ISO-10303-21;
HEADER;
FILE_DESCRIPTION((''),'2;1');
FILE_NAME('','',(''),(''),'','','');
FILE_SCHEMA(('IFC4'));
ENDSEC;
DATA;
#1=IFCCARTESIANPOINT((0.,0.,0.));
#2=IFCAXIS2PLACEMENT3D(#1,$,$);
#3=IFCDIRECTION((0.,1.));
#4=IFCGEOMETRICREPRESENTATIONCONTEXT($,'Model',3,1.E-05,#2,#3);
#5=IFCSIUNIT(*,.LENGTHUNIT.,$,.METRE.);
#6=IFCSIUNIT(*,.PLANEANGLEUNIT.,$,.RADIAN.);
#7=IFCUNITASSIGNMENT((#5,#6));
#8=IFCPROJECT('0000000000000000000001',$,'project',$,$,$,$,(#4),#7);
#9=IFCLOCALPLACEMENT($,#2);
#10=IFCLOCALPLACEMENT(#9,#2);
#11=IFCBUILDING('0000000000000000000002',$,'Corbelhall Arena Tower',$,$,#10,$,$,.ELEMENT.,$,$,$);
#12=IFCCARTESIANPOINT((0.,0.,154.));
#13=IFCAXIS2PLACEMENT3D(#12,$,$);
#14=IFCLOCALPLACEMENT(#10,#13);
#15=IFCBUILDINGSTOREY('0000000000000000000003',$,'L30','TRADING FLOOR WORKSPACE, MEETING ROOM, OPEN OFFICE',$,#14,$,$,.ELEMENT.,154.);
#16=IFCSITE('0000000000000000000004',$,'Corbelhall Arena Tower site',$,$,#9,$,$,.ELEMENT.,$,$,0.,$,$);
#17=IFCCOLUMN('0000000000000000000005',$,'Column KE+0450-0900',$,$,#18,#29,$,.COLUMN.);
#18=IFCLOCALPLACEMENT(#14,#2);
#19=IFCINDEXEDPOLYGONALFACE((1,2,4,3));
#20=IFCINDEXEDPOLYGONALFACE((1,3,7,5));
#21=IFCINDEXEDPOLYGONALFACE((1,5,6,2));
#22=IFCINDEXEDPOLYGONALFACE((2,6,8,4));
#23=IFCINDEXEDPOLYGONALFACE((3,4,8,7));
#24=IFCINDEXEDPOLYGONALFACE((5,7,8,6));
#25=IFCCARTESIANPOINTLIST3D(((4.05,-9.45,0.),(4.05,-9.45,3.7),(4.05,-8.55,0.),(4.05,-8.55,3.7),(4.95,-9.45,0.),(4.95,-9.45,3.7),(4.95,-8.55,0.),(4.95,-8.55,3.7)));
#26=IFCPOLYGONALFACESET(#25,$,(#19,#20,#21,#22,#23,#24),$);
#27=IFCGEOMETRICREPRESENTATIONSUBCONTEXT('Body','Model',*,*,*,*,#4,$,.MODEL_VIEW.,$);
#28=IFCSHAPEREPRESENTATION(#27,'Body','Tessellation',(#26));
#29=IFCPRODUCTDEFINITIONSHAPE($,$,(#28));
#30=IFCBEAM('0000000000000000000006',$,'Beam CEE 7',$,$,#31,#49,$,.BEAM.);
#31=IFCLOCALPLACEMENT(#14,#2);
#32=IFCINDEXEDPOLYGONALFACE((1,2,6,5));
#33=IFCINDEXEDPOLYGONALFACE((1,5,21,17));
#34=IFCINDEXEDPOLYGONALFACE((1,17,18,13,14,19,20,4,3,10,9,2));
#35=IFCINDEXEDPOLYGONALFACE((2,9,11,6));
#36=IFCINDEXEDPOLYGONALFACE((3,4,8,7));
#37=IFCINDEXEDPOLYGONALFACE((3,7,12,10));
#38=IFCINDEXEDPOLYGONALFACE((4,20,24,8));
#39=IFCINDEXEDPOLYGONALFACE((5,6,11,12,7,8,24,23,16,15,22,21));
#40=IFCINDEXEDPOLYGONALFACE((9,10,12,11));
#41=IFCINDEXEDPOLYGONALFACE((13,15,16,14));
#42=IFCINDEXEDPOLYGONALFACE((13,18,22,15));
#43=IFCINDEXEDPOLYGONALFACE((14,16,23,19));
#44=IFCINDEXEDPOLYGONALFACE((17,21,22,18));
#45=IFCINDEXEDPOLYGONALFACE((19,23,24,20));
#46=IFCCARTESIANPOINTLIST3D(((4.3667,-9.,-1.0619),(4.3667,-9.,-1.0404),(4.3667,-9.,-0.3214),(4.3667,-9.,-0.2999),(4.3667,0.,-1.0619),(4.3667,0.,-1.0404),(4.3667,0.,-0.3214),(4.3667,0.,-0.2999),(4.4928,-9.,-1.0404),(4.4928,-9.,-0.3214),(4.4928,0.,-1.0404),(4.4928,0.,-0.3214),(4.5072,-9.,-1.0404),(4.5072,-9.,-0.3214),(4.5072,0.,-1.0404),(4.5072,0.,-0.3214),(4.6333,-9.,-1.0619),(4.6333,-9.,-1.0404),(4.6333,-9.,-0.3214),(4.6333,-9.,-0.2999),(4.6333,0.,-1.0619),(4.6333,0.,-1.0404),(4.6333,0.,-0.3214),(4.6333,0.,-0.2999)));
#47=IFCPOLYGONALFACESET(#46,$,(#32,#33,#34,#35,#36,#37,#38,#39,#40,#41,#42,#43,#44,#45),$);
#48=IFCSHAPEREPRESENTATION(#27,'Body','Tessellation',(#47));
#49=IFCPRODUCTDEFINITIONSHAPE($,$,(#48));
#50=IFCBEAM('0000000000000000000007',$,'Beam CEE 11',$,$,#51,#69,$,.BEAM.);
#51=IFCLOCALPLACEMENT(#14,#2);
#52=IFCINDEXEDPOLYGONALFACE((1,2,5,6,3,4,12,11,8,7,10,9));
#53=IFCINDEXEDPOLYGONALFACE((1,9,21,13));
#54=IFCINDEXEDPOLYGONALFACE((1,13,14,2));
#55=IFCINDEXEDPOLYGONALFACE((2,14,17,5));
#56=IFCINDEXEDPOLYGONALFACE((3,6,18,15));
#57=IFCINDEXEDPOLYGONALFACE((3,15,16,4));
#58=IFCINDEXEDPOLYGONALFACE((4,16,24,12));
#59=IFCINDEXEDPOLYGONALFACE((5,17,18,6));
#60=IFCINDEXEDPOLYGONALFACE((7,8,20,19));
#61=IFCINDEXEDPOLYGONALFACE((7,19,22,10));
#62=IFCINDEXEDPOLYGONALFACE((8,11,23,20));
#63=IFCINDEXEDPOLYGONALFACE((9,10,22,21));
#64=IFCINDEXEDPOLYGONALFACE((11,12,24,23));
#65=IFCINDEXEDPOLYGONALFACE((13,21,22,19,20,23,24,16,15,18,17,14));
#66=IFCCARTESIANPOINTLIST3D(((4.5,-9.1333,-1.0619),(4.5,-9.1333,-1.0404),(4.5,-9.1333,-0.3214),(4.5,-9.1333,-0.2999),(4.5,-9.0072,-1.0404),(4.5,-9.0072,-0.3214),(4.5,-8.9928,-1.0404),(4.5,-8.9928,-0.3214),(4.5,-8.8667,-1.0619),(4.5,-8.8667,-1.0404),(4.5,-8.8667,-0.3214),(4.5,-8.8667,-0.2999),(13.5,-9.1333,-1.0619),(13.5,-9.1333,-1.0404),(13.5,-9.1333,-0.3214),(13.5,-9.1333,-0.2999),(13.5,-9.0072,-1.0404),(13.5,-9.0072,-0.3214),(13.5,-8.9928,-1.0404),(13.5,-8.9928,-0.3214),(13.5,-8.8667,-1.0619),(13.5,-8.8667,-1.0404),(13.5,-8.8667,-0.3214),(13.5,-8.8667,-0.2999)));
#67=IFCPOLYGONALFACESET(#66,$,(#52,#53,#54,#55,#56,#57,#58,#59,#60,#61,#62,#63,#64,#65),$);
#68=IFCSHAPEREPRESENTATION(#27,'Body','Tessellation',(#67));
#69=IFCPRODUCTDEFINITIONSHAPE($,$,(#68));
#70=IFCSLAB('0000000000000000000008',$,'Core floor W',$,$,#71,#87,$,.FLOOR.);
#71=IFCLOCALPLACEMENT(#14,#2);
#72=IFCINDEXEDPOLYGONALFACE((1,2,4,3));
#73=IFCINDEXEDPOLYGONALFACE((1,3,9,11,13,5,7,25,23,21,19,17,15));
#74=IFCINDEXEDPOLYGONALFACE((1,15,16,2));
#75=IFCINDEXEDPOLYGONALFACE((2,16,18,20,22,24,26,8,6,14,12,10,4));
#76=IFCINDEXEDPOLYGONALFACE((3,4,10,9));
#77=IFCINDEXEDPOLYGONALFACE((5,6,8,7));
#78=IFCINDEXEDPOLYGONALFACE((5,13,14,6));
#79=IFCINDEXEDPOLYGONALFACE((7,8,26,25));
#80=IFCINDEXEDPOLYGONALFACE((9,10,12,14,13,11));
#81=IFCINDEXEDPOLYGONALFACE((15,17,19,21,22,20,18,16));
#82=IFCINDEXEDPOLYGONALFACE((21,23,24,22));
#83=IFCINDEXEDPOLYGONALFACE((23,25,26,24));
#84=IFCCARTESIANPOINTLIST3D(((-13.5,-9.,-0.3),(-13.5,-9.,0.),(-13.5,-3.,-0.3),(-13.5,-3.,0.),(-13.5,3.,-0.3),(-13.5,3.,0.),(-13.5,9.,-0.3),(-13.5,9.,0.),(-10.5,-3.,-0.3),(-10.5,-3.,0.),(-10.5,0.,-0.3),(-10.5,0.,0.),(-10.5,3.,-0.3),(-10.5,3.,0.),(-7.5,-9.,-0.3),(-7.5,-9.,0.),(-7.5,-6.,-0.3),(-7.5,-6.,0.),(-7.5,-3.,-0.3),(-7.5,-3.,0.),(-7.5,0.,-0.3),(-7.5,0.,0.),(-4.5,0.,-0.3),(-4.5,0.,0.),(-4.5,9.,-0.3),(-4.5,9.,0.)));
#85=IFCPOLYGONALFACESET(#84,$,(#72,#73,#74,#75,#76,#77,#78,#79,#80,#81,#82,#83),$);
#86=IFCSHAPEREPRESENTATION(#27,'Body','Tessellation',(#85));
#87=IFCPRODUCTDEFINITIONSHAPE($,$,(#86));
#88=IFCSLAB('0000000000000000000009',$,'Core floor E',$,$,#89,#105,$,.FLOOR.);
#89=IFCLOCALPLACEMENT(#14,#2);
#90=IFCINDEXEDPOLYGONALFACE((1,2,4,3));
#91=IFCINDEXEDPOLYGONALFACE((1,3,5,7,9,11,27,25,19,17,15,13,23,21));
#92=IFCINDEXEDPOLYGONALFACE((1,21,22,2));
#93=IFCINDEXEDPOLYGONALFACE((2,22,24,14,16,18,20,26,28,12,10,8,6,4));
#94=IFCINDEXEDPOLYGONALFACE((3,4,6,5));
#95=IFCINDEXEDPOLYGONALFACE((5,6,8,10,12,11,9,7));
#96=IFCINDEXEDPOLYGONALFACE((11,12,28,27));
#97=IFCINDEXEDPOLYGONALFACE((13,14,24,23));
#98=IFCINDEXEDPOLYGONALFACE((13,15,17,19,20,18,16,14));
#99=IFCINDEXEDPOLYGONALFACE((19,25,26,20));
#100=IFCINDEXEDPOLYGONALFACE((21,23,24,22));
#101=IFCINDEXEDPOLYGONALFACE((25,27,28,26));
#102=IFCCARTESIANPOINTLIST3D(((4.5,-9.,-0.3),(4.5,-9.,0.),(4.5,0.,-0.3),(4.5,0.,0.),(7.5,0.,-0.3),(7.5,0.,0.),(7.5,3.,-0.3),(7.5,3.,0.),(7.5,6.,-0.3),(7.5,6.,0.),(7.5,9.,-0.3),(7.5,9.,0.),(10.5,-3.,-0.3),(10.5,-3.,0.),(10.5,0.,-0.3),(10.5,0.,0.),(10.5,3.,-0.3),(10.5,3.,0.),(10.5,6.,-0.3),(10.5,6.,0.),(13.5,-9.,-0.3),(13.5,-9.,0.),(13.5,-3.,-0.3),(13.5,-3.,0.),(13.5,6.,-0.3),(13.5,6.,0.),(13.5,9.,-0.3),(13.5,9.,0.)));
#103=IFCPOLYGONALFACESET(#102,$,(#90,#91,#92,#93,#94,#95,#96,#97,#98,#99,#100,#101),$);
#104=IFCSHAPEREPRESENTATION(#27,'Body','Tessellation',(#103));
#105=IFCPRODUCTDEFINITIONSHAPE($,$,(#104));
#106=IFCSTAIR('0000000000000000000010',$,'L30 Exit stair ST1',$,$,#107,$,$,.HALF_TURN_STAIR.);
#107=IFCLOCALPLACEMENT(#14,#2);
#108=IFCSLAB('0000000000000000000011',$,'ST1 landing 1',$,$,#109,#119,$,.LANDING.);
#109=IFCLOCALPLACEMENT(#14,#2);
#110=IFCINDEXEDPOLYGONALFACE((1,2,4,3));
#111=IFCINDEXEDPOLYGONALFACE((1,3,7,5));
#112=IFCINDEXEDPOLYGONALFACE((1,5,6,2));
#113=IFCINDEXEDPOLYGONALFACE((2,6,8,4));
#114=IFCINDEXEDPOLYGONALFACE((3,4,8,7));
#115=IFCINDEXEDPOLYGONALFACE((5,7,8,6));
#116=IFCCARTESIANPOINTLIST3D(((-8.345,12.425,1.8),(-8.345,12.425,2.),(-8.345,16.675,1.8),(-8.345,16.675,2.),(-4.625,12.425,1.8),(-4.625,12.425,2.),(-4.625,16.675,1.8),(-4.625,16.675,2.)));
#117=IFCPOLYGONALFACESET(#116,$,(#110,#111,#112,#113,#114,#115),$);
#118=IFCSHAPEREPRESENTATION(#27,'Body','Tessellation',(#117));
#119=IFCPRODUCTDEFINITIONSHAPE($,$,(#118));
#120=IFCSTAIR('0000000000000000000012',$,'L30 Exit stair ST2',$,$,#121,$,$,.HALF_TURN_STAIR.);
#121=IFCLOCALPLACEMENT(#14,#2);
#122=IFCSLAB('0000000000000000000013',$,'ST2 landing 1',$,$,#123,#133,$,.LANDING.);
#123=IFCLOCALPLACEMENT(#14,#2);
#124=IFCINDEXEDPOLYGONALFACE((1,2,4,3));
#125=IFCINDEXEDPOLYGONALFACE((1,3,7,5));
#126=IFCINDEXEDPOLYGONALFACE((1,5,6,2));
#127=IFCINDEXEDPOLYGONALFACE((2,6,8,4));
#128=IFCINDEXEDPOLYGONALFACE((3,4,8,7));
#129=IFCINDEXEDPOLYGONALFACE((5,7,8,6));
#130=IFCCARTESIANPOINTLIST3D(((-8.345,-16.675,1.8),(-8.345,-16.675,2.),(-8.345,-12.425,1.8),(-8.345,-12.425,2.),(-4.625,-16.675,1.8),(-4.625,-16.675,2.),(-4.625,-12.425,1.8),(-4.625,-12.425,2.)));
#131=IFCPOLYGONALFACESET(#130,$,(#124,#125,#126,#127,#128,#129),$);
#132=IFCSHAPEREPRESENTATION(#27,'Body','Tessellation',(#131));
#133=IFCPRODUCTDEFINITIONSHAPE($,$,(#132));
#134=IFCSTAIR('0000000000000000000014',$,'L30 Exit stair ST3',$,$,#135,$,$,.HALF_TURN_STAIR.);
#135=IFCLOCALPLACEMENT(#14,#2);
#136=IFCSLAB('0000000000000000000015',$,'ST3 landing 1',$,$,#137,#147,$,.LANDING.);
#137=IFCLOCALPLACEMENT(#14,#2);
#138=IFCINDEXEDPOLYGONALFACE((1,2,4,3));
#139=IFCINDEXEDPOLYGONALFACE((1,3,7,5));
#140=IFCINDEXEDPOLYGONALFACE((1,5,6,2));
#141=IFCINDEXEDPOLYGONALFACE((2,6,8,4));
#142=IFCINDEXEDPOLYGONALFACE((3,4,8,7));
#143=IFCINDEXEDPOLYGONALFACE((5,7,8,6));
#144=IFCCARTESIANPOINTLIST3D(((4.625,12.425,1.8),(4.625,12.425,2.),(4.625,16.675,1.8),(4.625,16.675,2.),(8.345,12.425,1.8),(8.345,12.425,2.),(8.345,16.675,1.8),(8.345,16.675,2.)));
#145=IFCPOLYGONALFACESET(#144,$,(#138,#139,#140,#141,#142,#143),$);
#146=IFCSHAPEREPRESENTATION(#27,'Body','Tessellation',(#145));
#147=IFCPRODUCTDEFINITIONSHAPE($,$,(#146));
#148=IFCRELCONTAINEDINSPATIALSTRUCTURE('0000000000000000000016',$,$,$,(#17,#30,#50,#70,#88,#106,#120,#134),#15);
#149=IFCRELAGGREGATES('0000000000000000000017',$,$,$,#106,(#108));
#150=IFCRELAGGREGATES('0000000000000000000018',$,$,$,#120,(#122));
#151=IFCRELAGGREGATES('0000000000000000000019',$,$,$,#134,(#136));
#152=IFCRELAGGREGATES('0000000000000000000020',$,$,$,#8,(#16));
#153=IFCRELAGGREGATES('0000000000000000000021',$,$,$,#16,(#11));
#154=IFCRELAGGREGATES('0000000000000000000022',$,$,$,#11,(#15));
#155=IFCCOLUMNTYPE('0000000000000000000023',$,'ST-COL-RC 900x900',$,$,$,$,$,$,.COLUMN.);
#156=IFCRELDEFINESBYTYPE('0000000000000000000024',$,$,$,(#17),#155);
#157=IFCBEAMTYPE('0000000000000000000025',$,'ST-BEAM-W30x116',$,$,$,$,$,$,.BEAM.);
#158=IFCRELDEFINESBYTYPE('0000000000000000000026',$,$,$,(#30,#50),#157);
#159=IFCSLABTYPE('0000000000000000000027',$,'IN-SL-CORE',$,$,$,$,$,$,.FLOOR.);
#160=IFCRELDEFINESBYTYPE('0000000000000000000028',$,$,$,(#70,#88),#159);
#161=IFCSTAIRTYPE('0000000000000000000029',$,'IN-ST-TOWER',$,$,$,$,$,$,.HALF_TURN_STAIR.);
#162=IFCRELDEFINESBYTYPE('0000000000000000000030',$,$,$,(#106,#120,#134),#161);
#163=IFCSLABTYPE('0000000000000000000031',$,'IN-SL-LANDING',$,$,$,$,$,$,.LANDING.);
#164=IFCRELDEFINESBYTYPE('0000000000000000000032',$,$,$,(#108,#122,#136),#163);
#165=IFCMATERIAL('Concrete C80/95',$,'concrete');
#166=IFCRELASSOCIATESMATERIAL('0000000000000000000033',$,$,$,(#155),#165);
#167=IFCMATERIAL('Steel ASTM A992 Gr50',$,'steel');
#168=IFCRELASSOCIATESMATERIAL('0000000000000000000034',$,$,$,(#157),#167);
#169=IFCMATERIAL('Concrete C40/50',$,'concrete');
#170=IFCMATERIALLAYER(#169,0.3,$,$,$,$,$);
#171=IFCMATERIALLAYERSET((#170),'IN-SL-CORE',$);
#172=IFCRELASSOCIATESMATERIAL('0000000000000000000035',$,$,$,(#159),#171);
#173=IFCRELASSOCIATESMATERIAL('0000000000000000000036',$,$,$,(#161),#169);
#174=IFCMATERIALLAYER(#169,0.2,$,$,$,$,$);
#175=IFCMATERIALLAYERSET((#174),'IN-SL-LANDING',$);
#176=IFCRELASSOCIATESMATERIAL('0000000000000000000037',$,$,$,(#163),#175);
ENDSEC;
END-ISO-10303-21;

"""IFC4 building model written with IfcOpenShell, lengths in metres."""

from ifc_helpers import new_model, si_unit, direction, frame, origin, origin_2d, place, context, subcontext, project, spatial, polyline, rectangle, i_section, outline, extrude, material, layer, layer_set, material_profile, profile_set, type_object, element, aggregate, save


model = new_model("IFC4")

# Units and contexts
model_context = context("Model", 3, precision=1e-05, world=origin(), true_north=direction((0.0, 1.0)))
body_context = subcontext(model_context, "Body", "Model", "MODEL_VIEW")
ifc_project = project(units=[si_unit("LENGTHUNIT", "METRE"), si_unit("PLANEANGLEUNIT", "RADIAN")], contexts=[model_context])

# Site, building, storey
site_placement = place(None, origin())
site = spatial("IfcSite", under=ifc_project, at=site_placement, Name="Corbelhall Arena Tower site", CompositionType="ELEMENT", RefElevation=0.0)
building_placement = place(site_placement, origin())
building = spatial("IfcBuilding", under=site, at=building_placement, Name="Corbelhall Arena Tower", CompositionType="ELEMENT")
storey_placement = place(building_placement, frame((0.0, 0.0, 154.0)))
storey = spatial("IfcBuildingStorey", under=building, at=storey_placement, Name="L30", Description="TRADING FLOOR WORKSPACE, MEETING ROOM, OPEN OFFICE", CompositionType="ELEMENT", Elevation=154.0)

# Column
ifc_material_1 = material(Name="Concrete C80/95", Category="concrete")
ifc_material_profile_1 = material_profile(ifc_material_1, rectangle(XDim=0.8999, YDim=0.8999, at=origin_2d()))
ifc_profile_set_1 = profile_set([ifc_material_profile_1], Name="Concrete C80/95")
column_type = type_object("IfcColumnType", Name="ST-COL-RC 900x900", PredefinedType="COLUMN", material=ifc_profile_set_1)
column_placement = place(storey_placement, frame((4.5, -9.0, 0.0), z_axis=(0.0, 0.0, 1.0), x_axis=(1.0, 0.0, 0.0)))
element("IfcColumn", 1, at=column_placement, inside=storey, type_object=column_type, Name="Column KE+0450-0900", PredefinedType="COLUMN", context=body_context, shape_type="SweptSolid", body=[
    extrude(rectangle(XDim=0.8999, YDim=0.8999, at=origin_2d()), origin(), (0.0, 0.0, 1.0), 3.7),
])

# Beams
ifc_material_2 = material(Name="Steel ASTM A992 Gr50", Category="steel")
ifc_material_profile_2 = material_profile(ifc_material_2, i_section(OverallWidth=0.2666, OverallDepth=0.762, WebThickness=0.0144, FlangeThickness=0.0215, at=origin_2d()))
ifc_profile_set_2 = profile_set([ifc_material_profile_2], Name="Steel ASTM A992 Gr50")
beam_type = type_object("IfcBeamType", Name="ST-BEAM-W30x116", PredefinedType="BEAM", material=ifc_profile_set_2)
for number, where, z_axis, x_axis, name in (
    (2, (4.5, -9.0, -0.6809), (0.0, 1.0, 0.0), (-1.0, 0.0, 0.0), "Beam CEE 7"),
    (3, (4.5, -9.0, -0.6809), (1.0, 0.0, 0.0), (0.0, 1.0, 0.0), "Beam CEE 11"),
):
    element("IfcBeam", number, at=place(storey_placement, frame(where, z_axis=z_axis, x_axis=x_axis)), inside=storey, type_object=beam_type, Name=name, PredefinedType="BEAM", context=body_context, shape_type="SweptSolid", body=[
        extrude(i_section(OverallWidth=0.2666, OverallDepth=0.762, WebThickness=0.0144, FlangeThickness=0.0215, at=origin_2d()), origin(), (0.0, 0.0, 1.0), 9.0),
    ])

# Slabs
ifc_material_3 = material(Name="Concrete C40/50", Category="concrete")
ifc_layer_1 = layer(ifc_material_3, 0.3)
ifc_layer_set_1 = layer_set([ifc_layer_1], Name="IN-SL-CORE")
slab_type_1 = type_object("IfcSlabType", Name="IN-SL-CORE", PredefinedType="FLOOR", material=ifc_layer_set_1)
slab_1_placement = place(storey_placement, frame((0.0, 0.0, -0.3)))
element("IfcSlab", 4, at=slab_1_placement, inside=storey, type_object=slab_type_1, Name="Core floor W", PredefinedType="FLOOR", context=body_context, shape_type="SweptSolid", body=[
    extrude(outline(polyline([(-7.5, 0.0), (-4.5, 0.0), (-4.5, 9.0), (-13.5, 9.0), (-13.5, 3.0), (-10.5, 3.0), (-10.5, 0.0), (-10.5, -3.0), (-13.5, -3.0), (-13.5, -9.0), (-7.5, -9.0), (-7.5, -6.0), (-7.5, -3.0), (-7.5, 0.0)])), origin(), (0.0, 0.0, 1.0), 0.3),
])
slab_2_placement = place(storey_placement, frame((0.0, 0.0, -0.3)))
element("IfcSlab", 5, at=slab_2_placement, inside=storey, type_object=slab_type_1, Name="Core floor E", PredefinedType="FLOOR", context=body_context, shape_type="SweptSolid", body=[
    extrude(outline(polyline([(7.5, 0.0), (4.5, 0.0), (4.5, -9.0), (13.5, -9.0), (13.5, -3.0), (10.5, -3.0), (10.5, 0.0), (10.5, 3.0), (10.5, 6.0), (13.5, 6.0), (13.5, 9.0), (7.5, 9.0), (7.5, 6.0), (7.5, 3.0), (7.5, 0.0)])), origin(), (0.0, 0.0, 1.0), 0.3),
])

# Stairs, slabs
stair_type = type_object("IfcStairType", Name="IN-ST-TOWER", PredefinedType="HALF_TURN_STAIR", material=ifc_material_3)
stair_1_placement = place(storey_placement, origin())
stair_1 = element("IfcStair", 6, at=stair_1_placement, inside=storey, type_object=stair_type, Name="L30 Exit stair ST1", PredefinedType="HALF_TURN_STAIR")
ifc_layer_2 = layer(ifc_material_3, 0.2)
ifc_layer_set_2 = layer_set([ifc_layer_2], Name="IN-SL-LANDING")
slab_type_2 = type_object("IfcSlabType", Name="IN-SL-LANDING", PredefinedType="LANDING", material=ifc_layer_set_2)
slab_3_placement = place(storey_placement, frame((0.0, 0.0, 1.8)))
slab_3 = element("IfcSlab", 7, at=slab_3_placement, type_object=slab_type_2, Name="ST1 landing 1", PredefinedType="LANDING", context=body_context, shape_type="SweptSolid", body=[
    extrude(outline(polyline([(-8.345, 12.425), (-4.625, 12.425), (-4.625, 16.675), (-8.345, 16.675), (-8.345, 12.425)])), origin(), (0.0, 0.0, 1.0), 0.2),
])
aggregate(stair_1, [slab_3])
stair_2_placement = place(storey_placement, origin())
stair_2 = element("IfcStair", 8, at=stair_2_placement, inside=storey, type_object=stair_type, Name="L30 Exit stair ST2", PredefinedType="HALF_TURN_STAIR")
slab_4_placement = place(storey_placement, frame((0.0, 0.0, 1.8)))
slab_4 = element("IfcSlab", 9, at=slab_4_placement, type_object=slab_type_2, Name="ST2 landing 1", PredefinedType="LANDING", context=body_context, shape_type="SweptSolid", body=[
    extrude(outline(polyline([(-8.345, -16.675), (-4.625, -16.675), (-4.625, -12.425), (-8.345, -12.425), (-8.345, -16.675)])), origin(), (0.0, 0.0, 1.0), 0.2),
])
aggregate(stair_2, [slab_4])
stair_3_placement = place(storey_placement, origin())
stair_3 = element("IfcStair", 10, at=stair_3_placement, inside=storey, type_object=stair_type, Name="L30 Exit stair ST3", PredefinedType="HALF_TURN_STAIR")
slab_5_placement = place(storey_placement, frame((0.0, 0.0, 1.8)))
slab_5 = element("IfcSlab", 11, at=slab_5_placement, type_object=slab_type_2, Name="ST3 landing 1", PredefinedType="LANDING", context=body_context, shape_type="SweptSolid", body=[
    extrude(outline(polyline([(8.345, 16.675), (4.625, 16.675), (4.625, 12.425), (8.345, 12.425), (8.345, 16.675)])), origin(), (0.0, 0.0, 1.0), 0.2),
])
aggregate(stair_3, [slab_5])

save(model, "model.ifc")
